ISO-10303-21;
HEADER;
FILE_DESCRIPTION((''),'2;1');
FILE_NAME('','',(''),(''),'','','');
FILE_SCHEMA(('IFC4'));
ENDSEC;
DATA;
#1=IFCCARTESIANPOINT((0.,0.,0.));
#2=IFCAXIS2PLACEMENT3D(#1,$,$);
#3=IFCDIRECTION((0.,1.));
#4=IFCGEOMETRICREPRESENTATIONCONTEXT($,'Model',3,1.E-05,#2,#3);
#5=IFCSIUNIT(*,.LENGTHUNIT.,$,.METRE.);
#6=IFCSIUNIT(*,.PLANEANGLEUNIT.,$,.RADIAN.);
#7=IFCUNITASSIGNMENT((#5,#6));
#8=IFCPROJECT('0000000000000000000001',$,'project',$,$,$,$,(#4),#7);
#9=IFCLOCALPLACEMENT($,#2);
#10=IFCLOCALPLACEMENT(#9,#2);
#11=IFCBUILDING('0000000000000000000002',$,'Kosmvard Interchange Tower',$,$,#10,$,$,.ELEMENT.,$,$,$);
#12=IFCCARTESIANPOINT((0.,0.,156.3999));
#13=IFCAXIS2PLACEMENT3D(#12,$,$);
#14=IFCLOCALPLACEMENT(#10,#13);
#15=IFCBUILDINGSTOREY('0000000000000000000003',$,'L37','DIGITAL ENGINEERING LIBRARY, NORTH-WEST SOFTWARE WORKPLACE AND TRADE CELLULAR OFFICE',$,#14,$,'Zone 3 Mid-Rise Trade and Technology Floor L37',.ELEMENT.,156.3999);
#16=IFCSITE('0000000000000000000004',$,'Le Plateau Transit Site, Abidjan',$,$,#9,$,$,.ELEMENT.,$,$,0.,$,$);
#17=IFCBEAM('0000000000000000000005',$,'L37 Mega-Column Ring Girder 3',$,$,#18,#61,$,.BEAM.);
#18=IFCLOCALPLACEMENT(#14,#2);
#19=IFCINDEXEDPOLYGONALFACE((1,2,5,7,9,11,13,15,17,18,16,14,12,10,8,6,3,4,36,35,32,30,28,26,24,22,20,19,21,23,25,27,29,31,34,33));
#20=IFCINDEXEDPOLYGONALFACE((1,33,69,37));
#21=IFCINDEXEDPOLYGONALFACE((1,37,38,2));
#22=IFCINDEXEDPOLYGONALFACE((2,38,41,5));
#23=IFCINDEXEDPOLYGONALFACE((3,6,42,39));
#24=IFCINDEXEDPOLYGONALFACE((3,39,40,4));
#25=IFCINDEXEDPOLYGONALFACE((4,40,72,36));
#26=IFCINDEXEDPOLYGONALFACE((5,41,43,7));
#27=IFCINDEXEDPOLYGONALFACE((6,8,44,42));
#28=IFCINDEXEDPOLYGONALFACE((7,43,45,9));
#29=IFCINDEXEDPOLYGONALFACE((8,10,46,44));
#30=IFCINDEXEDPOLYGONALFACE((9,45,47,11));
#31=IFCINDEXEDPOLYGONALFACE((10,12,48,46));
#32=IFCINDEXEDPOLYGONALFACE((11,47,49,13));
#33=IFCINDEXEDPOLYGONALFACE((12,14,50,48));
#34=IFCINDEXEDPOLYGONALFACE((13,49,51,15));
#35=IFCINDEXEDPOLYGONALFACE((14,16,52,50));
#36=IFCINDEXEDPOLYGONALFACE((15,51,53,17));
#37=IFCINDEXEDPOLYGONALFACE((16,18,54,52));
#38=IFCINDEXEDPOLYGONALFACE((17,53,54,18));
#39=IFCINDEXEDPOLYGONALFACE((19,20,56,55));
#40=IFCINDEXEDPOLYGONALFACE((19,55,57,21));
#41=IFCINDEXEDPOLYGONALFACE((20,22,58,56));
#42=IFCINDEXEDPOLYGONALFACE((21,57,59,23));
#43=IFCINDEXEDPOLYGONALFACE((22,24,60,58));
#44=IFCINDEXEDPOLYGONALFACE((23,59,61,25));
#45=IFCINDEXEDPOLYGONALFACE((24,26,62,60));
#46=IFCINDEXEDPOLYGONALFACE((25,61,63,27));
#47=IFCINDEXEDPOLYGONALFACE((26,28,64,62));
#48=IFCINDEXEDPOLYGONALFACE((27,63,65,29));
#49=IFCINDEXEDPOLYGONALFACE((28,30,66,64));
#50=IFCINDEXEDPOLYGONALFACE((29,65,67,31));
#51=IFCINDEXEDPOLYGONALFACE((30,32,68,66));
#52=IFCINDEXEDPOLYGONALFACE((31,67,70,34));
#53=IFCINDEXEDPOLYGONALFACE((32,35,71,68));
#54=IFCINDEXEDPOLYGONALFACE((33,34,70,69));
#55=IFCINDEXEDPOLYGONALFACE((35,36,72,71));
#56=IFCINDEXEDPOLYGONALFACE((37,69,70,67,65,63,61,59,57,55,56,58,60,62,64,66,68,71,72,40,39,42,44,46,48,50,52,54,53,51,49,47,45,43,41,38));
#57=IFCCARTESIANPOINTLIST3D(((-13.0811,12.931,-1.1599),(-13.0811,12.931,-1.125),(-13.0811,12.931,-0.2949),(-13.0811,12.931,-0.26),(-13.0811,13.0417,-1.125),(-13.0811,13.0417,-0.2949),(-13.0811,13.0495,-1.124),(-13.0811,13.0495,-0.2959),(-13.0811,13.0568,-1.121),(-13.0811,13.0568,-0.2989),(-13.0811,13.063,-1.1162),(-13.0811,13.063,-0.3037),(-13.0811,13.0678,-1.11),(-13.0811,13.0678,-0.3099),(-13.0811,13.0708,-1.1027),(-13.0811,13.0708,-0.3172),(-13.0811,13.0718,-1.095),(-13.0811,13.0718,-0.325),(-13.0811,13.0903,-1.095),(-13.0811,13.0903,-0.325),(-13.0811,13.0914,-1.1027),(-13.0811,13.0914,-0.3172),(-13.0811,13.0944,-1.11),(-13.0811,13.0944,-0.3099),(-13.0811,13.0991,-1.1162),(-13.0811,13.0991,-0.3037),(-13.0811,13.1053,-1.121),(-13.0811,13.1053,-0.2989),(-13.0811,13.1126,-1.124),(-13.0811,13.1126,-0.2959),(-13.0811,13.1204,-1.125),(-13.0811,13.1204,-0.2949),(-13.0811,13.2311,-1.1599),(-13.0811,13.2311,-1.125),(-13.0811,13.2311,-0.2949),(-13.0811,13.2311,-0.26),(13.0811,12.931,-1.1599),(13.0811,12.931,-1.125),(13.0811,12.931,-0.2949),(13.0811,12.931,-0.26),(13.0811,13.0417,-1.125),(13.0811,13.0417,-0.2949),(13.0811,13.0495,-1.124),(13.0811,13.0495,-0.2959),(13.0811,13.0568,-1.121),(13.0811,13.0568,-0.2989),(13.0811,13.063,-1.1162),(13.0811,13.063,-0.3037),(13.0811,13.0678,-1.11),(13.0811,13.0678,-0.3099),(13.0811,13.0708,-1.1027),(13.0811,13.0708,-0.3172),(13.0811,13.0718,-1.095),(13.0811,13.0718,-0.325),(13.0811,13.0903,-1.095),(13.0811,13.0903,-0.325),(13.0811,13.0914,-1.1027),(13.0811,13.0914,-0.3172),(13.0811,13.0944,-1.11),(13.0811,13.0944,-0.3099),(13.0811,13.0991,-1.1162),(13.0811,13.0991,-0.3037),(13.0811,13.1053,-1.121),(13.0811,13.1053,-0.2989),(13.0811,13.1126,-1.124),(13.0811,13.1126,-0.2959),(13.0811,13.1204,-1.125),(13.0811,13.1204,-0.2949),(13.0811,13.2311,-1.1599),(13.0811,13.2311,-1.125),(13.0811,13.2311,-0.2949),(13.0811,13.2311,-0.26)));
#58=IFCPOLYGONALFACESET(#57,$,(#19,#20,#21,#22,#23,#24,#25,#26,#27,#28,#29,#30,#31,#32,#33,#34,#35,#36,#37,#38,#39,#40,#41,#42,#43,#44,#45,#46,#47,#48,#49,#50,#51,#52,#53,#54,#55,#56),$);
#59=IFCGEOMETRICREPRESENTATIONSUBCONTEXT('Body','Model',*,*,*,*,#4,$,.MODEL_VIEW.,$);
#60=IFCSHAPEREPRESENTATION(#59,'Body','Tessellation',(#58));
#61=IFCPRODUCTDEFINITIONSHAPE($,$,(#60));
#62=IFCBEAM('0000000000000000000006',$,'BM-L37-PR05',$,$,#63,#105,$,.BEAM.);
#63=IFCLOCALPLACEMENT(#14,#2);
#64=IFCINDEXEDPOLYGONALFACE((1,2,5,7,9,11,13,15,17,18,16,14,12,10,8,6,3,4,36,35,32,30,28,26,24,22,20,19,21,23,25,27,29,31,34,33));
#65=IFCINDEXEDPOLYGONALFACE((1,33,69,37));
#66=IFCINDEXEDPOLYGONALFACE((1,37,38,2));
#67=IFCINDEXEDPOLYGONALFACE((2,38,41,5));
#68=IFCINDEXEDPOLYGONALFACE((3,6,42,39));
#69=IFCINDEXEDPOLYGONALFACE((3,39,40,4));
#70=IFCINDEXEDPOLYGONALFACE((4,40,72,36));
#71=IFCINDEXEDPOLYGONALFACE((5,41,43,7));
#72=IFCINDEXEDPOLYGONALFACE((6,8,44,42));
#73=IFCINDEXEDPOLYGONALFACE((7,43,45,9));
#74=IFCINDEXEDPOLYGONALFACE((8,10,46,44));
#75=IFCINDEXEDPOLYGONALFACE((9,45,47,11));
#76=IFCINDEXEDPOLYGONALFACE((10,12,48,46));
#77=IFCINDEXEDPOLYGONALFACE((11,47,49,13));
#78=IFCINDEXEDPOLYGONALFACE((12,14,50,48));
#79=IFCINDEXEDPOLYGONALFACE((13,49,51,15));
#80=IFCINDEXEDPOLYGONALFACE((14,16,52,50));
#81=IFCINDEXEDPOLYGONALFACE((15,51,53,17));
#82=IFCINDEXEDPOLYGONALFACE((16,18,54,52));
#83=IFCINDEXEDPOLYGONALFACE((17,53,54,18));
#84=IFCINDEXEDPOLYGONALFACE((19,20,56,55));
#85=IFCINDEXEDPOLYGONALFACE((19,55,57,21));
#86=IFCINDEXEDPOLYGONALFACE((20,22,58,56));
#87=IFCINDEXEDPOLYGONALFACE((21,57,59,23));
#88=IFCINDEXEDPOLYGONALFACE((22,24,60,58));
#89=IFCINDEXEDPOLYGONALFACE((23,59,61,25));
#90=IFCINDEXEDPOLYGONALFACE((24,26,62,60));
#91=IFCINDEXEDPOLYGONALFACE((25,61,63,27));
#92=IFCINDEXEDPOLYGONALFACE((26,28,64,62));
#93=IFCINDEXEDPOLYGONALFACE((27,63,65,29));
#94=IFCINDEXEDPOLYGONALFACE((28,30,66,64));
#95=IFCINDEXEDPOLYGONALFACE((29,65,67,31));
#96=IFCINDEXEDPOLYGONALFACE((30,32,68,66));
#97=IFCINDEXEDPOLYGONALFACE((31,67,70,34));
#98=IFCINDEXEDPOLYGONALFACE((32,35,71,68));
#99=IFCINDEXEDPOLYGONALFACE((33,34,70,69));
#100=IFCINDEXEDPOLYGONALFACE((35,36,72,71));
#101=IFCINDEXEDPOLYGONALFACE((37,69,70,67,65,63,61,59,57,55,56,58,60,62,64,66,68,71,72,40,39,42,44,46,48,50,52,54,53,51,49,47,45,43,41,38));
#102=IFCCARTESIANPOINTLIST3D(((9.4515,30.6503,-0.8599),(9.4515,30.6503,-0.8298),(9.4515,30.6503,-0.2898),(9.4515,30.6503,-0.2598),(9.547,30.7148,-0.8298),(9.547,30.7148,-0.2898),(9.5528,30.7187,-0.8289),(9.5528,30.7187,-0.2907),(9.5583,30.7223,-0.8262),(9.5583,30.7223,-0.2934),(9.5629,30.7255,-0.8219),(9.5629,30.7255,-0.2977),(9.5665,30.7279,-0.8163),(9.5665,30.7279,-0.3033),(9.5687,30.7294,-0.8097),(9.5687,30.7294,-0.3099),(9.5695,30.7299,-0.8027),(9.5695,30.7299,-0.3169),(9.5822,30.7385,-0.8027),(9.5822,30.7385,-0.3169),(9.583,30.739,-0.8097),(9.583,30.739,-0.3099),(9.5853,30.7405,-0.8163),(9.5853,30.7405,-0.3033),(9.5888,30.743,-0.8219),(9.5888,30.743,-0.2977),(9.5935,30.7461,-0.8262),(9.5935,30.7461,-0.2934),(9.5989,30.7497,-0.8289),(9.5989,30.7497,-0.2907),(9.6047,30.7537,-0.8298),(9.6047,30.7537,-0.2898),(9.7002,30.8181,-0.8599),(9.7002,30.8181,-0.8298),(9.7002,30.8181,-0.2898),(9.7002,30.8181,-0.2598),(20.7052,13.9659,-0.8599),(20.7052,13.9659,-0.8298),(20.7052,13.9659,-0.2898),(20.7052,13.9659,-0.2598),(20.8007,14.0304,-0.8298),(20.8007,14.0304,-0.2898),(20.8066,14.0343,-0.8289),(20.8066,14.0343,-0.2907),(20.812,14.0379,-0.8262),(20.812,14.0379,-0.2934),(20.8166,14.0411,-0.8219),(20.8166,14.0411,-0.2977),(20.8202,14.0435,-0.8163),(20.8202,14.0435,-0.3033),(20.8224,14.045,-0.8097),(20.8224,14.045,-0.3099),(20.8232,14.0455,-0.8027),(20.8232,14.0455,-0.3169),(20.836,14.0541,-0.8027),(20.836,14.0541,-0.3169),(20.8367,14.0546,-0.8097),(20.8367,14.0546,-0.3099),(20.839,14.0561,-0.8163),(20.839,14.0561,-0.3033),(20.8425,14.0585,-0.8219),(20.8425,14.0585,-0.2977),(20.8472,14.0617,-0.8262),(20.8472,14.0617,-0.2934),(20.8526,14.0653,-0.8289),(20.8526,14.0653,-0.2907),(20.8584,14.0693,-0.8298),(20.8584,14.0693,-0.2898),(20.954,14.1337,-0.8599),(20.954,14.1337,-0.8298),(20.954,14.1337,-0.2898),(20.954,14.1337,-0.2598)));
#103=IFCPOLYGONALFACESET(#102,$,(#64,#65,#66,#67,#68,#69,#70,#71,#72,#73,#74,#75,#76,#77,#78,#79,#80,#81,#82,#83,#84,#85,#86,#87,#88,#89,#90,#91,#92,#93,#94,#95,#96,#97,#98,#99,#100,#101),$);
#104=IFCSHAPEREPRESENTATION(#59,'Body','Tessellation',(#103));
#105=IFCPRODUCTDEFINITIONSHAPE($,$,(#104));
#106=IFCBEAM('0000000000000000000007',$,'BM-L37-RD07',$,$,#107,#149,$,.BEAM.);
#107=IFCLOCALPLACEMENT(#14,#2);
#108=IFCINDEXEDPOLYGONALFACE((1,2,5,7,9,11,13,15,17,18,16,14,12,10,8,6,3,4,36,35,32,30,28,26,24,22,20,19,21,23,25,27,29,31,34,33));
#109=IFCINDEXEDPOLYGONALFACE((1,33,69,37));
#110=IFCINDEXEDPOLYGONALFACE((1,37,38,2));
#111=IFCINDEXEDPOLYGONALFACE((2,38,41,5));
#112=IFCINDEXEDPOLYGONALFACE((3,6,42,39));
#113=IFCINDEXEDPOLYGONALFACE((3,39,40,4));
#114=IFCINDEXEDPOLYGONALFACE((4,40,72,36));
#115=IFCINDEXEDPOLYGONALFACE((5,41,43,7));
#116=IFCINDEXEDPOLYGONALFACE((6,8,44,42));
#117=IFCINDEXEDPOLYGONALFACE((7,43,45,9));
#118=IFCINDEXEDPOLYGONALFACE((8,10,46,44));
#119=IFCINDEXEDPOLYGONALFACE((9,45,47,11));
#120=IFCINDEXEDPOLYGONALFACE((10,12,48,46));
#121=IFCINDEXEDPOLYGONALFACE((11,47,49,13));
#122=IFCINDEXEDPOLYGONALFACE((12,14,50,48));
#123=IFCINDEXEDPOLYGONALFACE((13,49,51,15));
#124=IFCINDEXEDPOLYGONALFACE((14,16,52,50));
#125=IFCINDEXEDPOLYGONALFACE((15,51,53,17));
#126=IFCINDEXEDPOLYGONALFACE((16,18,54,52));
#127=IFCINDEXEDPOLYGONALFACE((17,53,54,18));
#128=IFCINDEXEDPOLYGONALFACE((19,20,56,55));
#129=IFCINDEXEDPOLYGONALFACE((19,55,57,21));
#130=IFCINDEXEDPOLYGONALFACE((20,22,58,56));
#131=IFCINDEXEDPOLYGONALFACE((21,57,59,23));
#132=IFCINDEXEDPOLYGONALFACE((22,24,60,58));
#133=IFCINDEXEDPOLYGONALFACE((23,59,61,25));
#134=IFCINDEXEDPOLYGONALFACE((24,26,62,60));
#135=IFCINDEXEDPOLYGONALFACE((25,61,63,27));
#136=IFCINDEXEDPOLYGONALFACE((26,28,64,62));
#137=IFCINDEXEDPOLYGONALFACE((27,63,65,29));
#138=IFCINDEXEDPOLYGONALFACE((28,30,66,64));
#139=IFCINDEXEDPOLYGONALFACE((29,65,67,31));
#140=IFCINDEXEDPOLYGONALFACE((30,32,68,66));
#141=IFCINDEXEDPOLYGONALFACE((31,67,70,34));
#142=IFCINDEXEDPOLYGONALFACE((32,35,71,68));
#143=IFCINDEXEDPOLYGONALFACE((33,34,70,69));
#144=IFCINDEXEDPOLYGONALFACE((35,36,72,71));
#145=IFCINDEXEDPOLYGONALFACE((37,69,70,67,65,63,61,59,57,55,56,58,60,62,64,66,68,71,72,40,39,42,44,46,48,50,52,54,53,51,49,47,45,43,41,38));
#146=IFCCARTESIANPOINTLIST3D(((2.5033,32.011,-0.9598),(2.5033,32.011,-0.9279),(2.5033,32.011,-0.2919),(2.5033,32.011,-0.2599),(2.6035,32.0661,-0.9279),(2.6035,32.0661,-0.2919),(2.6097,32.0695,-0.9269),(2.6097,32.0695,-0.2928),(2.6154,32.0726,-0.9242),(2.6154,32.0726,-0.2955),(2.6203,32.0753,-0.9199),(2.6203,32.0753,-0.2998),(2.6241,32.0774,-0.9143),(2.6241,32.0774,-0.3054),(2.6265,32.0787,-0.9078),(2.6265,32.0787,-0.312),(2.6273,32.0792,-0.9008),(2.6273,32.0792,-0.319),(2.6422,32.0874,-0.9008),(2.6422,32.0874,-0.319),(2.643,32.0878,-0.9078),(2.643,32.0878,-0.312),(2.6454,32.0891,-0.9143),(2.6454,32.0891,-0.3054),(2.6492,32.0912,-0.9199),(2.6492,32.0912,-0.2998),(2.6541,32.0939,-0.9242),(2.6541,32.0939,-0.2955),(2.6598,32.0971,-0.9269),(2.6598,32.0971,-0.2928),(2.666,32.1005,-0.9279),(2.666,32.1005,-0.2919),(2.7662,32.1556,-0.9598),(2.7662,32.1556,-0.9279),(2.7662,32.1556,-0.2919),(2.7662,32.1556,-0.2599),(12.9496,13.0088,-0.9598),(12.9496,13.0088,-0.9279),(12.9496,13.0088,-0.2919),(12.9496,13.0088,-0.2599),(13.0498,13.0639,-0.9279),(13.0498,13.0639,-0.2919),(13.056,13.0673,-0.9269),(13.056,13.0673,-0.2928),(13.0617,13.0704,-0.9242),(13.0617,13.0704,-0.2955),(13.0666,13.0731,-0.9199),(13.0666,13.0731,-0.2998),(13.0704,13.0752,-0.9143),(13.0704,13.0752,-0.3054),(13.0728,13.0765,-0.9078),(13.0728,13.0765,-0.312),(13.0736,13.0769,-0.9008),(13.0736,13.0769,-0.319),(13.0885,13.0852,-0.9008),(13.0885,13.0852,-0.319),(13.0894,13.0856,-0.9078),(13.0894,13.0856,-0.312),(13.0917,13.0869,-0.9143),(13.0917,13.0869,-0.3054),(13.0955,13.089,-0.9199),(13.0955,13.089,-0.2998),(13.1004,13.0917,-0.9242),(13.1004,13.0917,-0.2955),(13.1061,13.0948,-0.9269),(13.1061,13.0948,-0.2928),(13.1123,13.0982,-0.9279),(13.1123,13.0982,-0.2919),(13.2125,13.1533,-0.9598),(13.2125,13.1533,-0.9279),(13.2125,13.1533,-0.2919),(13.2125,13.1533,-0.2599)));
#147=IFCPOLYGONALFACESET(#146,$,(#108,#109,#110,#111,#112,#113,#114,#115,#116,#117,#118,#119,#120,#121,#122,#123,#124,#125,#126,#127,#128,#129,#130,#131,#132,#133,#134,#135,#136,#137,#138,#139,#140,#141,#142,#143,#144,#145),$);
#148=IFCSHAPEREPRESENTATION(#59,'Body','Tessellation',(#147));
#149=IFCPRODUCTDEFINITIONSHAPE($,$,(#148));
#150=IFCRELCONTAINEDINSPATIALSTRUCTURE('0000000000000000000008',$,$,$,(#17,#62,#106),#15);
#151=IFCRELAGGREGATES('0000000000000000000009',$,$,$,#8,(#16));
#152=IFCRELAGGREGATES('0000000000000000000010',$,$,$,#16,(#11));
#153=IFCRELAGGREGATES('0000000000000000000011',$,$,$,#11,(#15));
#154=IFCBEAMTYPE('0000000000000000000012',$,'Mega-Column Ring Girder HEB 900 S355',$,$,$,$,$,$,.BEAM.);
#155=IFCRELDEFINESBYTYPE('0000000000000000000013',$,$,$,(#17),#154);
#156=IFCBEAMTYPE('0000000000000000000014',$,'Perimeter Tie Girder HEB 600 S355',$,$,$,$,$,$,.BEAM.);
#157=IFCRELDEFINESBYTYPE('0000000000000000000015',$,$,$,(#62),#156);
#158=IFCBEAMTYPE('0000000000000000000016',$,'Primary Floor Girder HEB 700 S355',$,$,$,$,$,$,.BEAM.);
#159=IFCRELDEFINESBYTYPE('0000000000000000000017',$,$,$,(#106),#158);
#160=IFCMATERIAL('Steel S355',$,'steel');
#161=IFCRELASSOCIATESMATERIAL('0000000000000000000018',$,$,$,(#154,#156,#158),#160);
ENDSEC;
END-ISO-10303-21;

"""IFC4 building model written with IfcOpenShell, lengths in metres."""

from ifc_helpers import new_model, si_unit, direction, frame, origin, origin_2d, place, context, subcontext, project, spatial, i_section, extrude, source, transform, mapped, material, material_profile, profile_set, type_object, element, save


model = new_model("IFC4")

# Units and contexts
model_context = context("Model", 3, precision=1e-05, world=origin(), true_north=direction((0.0, 1.0)))
body_context = subcontext(model_context, "Body", "Model", "MODEL_VIEW")
ifc_project = project(units=[si_unit("LENGTHUNIT", "METRE"), si_unit("PLANEANGLEUNIT", "RADIAN")], contexts=[model_context])

# Site, building, storey
site_placement = place(None, origin())
site = spatial("IfcSite", under=ifc_project, at=site_placement, Name="Le Plateau Transit Site, Abidjan", CompositionType="ELEMENT", RefElevation=0.0)
building_placement = place(site_placement, origin())
building = spatial("IfcBuilding", under=site, at=building_placement, Name="Kosmvard Interchange Tower", CompositionType="ELEMENT")
storey_placement = place(building_placement, frame((0.0, 0.0, 156.3999)))
storey = spatial("IfcBuildingStorey", under=building, at=storey_placement, Name="L37", Description="DIGITAL ENGINEERING LIBRARY, NORTH-WEST SOFTWARE WORKPLACE AND TRADE CELLULAR OFFICE", LongName="Zone 3 Mid-Rise Trade and Technology Floor L37", CompositionType="ELEMENT", Elevation=156.3999)

# Beams
ifc_material_1 = material(Name="Steel S355", Category="steel")
ifc_material_profile_1 = material_profile(ifc_material_1, i_section(OverallWidth=0.3, OverallDepth=0.8999, WebThickness=0.0186, FlangeThickness=0.0349, FilletRadius=0.03, at=origin_2d()), Name="HEB 900")
ifc_profile_set_1 = profile_set([ifc_material_profile_1], Name="Steel S355")
beam_type_1 = type_object("IfcBeamType", Name="Mega-Column Ring Girder HEB 900 S355", PredefinedType="BEAM", material=ifc_profile_set_1)
shared_shape_1 = source(origin(), body_context, "Body", "SweptSolid", [
    extrude(i_section(OverallWidth=0.3, OverallDepth=0.8999, WebThickness=0.0186, FlangeThickness=0.0349, FilletRadius=0.03, at=origin_2d()), origin(), (0.0, 0.0, 1.0), 26.1621),
])
beam_1_placement = place(storey_placement, frame((13.0811, 13.0811, -0.71), z_axis=(-1.0, 0.0, 0.0), x_axis=(0.0, -1.0, 0.0)))
element("IfcBeam", 1, at=beam_1_placement, inside=storey, type_object=beam_type_1, Name="L37 Mega-Column Ring Girder 3", PredefinedType="BEAM", context=body_context, shape_type="MappedRepresentation", body=[
    mapped(shared_shape_1, transform((0.0, 0.0, 0.0), scale=1.0)),
])
ifc_material_profile_2 = material_profile(ifc_material_1, i_section(OverallWidth=0.3, OverallDepth=0.6001, WebThickness=0.0154, FlangeThickness=0.03, FilletRadius=0.0271, at=origin_2d()), Name="HEB 600")
ifc_profile_set_2 = profile_set([ifc_material_profile_2], Name="Steel S355")
beam_type_2 = type_object("IfcBeamType", Name="Perimeter Tie Girder HEB 600 S355", PredefinedType="BEAM", material=ifc_profile_set_2)
shared_shape_2 = source(origin(), body_context, "Body", "SweptSolid", [
    extrude(i_section(OverallWidth=0.3, OverallDepth=0.6001, WebThickness=0.0154, FlangeThickness=0.03, FilletRadius=0.0271, at=origin_2d()), origin(), (0.0, 0.0, 1.0), 20.125),
])
beam_2_placement = place(storey_placement, frame((20.8296, 14.0498, -0.5598), z_axis=(-0.559191, 0.829039, 0.0), x_axis=(-0.829039, -0.559191, 0.0)))
element("IfcBeam", 2, at=beam_2_placement, inside=storey, type_object=beam_type_2, Name="BM-L37-PR05", PredefinedType="BEAM", context=body_context, shape_type="MappedRepresentation", body=[
    mapped(shared_shape_2, transform((0.0, 0.0, 0.0), scale=1.0)),
])
ifc_material_profile_3 = material_profile(ifc_material_1, i_section(OverallWidth=0.3, OverallDepth=0.7, WebThickness=0.0171, FlangeThickness=0.032, FilletRadius=0.0271, at=origin_2d()), Name="HEB 700")
ifc_profile_set_3 = profile_set([ifc_material_profile_3], Name="Steel S355")
beam_type_3 = type_object("IfcBeamType", Name="Primary Floor Girder HEB 700 S355", PredefinedType="BEAM", material=ifc_profile_set_3)
shared_shape_3 = source(origin(), body_context, "Body", "SweptSolid", [
    extrude(i_section(OverallWidth=0.3, OverallDepth=0.7, WebThickness=0.0171, FlangeThickness=0.032, FilletRadius=0.0271, at=origin_2d()), origin(), (0.0, 0.0, 1.0), 21.6843),
])
beam_3_placement = place(storey_placement, frame((13.0811, 13.0811, -0.6099), z_axis=(-0.481745, 0.876312, 0.0), x_axis=(-0.876312, -0.481745, 0.0)))
element("IfcBeam", 3, at=beam_3_placement, inside=storey, type_object=beam_type_3, Name="BM-L37-RD07", PredefinedType="BEAM", context=body_context, shape_type="MappedRepresentation", body=[
    mapped(shared_shape_3, transform((0.0, 0.0, 0.0), scale=1.0)),
])

save(model, "model.ifc")
